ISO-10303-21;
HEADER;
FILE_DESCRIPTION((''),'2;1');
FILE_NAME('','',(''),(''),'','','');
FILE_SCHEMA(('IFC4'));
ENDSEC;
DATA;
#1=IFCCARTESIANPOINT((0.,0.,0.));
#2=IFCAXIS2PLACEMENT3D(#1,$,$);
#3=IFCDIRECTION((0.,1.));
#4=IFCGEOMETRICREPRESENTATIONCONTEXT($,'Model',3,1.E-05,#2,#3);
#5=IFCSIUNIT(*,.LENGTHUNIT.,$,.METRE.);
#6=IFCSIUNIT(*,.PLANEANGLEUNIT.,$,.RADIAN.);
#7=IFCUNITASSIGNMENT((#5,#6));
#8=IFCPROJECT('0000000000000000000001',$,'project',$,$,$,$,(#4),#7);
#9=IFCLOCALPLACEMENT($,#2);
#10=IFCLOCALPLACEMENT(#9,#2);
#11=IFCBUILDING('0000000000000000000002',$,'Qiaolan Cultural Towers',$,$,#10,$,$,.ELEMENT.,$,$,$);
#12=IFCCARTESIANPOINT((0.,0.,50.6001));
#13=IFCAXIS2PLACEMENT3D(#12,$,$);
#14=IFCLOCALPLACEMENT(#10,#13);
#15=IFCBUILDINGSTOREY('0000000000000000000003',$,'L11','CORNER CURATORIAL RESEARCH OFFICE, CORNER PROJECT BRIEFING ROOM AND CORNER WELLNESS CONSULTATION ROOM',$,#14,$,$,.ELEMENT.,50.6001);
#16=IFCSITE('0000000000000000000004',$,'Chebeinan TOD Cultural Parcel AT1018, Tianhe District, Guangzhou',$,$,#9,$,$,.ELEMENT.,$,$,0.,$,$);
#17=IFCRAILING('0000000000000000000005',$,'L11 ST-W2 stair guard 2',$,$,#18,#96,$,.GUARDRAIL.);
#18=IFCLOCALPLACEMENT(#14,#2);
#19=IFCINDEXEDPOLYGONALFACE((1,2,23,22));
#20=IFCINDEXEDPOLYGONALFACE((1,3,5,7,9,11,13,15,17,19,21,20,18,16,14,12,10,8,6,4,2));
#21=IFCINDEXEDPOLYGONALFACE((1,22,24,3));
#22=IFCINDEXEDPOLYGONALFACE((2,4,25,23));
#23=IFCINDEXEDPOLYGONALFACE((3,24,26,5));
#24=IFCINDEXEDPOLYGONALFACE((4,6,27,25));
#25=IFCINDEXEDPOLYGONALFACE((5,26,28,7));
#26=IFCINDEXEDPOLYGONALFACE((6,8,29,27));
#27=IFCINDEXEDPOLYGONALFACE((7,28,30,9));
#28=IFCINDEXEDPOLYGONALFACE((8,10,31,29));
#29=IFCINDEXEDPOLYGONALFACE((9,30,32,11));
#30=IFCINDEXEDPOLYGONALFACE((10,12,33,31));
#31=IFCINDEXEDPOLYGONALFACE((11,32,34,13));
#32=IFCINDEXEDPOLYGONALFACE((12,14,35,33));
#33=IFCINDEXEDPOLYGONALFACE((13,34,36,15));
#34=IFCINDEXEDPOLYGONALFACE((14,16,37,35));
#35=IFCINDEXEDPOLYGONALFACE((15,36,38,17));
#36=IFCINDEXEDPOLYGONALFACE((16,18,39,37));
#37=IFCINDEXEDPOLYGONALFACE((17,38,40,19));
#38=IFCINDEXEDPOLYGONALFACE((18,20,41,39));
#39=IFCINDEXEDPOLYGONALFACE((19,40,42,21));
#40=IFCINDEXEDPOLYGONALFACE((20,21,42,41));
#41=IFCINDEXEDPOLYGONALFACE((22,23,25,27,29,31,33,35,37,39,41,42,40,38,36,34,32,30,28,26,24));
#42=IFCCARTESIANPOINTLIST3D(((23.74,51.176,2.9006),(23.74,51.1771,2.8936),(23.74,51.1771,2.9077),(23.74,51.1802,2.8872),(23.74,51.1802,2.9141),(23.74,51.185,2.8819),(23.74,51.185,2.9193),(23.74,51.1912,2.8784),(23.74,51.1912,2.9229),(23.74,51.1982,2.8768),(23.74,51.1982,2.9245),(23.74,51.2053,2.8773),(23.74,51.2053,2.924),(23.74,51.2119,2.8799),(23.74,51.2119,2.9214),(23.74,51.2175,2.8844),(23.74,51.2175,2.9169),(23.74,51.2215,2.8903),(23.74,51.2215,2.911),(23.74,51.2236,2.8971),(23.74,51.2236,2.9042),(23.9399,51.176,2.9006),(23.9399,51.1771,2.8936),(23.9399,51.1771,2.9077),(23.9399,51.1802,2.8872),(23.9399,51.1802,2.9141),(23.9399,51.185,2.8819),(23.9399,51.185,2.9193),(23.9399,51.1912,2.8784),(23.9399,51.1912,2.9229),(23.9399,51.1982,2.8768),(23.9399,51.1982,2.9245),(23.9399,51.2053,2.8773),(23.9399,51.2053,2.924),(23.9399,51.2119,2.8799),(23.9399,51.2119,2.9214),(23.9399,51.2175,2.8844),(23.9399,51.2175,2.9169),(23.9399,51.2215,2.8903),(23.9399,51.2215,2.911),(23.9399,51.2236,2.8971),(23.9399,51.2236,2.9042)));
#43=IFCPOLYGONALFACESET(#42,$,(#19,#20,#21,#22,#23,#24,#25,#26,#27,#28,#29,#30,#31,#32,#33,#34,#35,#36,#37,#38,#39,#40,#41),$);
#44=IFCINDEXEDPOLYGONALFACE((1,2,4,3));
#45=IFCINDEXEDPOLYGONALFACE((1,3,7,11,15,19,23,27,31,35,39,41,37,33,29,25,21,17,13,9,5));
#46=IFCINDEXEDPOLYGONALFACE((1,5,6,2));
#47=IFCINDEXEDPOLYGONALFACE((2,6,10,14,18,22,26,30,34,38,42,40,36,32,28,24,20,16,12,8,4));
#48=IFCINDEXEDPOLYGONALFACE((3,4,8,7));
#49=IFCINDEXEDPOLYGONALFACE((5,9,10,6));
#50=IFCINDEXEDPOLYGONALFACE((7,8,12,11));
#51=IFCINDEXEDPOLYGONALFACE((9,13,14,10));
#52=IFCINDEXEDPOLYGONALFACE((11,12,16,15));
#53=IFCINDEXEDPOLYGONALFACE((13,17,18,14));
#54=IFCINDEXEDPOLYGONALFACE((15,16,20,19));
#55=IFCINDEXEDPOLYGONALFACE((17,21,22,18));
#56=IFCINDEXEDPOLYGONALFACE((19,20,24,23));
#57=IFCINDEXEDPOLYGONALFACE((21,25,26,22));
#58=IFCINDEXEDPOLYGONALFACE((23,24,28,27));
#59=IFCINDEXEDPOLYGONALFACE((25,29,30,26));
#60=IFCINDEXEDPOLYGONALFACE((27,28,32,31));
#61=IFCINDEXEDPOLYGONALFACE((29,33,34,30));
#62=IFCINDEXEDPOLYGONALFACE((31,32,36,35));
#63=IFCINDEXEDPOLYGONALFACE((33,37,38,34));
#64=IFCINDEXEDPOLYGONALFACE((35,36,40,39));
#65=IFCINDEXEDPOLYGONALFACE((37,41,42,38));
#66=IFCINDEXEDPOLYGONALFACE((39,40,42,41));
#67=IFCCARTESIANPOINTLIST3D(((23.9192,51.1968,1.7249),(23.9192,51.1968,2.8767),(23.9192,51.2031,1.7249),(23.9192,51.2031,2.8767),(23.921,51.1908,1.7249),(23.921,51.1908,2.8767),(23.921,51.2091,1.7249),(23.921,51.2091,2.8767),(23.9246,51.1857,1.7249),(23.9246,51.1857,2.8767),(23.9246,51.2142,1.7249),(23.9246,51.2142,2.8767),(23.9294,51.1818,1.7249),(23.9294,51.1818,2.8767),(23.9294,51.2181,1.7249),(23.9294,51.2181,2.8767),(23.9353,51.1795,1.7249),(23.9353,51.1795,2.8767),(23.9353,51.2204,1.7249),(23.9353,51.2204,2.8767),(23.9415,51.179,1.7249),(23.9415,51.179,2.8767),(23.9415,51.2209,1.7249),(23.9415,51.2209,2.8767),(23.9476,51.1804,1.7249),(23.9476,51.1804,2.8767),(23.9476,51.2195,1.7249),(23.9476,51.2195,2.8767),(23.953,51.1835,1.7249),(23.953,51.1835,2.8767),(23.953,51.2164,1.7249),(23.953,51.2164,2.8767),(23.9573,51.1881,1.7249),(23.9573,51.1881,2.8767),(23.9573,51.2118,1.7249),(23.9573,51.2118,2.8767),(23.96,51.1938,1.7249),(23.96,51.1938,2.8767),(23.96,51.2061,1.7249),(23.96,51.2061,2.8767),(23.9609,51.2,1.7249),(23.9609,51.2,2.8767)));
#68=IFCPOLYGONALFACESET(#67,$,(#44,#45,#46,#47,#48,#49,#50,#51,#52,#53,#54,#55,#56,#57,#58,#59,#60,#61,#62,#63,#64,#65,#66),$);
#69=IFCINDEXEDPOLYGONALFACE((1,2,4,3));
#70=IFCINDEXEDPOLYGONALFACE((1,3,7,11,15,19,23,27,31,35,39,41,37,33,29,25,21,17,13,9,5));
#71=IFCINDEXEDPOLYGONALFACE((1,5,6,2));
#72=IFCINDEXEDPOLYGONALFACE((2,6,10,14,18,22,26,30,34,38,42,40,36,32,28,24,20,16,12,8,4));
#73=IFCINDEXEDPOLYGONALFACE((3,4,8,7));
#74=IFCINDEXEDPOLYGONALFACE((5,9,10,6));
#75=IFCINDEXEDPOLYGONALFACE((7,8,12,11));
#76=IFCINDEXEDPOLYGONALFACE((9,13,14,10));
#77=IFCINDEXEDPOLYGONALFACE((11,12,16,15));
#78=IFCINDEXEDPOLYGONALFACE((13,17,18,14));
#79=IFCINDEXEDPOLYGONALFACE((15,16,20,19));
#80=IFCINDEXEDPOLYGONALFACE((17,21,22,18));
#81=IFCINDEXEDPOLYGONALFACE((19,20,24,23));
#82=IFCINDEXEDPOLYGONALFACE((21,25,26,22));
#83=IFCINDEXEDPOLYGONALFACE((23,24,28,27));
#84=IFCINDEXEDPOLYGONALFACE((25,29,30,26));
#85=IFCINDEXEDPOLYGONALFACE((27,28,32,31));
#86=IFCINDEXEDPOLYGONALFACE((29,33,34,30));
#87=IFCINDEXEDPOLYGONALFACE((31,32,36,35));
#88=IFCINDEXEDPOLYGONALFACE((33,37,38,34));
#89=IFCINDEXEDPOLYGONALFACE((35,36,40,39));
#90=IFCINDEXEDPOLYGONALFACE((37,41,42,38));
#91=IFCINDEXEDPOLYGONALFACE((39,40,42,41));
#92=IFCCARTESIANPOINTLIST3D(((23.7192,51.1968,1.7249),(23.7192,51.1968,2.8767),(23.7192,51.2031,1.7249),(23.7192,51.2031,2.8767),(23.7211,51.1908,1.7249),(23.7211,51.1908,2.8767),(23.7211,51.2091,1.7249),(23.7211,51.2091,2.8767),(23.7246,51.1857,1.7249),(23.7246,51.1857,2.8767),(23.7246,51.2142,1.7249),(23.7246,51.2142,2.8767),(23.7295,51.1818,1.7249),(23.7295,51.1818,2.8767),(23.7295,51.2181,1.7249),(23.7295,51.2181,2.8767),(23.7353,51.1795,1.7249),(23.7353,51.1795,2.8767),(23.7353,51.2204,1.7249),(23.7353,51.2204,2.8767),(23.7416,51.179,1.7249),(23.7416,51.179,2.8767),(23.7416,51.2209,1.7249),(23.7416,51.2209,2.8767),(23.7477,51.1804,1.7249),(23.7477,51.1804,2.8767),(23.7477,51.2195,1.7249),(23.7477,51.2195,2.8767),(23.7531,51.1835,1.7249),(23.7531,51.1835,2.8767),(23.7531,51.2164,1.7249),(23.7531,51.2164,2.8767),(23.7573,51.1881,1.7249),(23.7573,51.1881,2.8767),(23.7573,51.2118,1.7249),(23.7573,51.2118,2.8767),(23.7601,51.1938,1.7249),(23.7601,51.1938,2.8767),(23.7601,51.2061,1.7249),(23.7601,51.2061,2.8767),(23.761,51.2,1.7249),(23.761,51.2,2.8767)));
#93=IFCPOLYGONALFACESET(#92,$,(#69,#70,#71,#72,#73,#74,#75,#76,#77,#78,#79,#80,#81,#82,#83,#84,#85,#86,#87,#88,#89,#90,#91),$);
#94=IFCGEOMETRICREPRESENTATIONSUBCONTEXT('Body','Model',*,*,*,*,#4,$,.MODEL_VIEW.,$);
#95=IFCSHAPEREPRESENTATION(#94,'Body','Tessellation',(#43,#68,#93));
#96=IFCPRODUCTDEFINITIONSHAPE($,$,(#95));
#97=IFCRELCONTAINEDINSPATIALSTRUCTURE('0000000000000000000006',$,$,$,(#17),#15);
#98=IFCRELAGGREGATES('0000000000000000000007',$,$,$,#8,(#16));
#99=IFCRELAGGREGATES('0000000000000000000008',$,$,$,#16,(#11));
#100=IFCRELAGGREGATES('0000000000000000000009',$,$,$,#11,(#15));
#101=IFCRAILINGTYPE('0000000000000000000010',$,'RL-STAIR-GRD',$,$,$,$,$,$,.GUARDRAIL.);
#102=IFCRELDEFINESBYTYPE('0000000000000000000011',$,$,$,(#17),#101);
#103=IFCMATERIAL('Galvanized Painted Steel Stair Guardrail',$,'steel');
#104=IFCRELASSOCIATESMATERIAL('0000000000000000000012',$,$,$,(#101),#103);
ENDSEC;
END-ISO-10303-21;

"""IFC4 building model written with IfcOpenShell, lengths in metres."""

from ifc_helpers import new_model, si_unit, direction, frame, origin, origin_2d, place, context, subcontext, project, spatial, circle, extrude, material, type_object, element, save


model = new_model("IFC4")

# Units and contexts
model_context = context("Model", 3, precision=1e-05, world=origin(), true_north=direction((0.0, 1.0)))
body_context = subcontext(model_context, "Body", "Model", "MODEL_VIEW")
ifc_project = project(units=[si_unit("LENGTHUNIT", "METRE"), si_unit("PLANEANGLEUNIT", "RADIAN")], contexts=[model_context])

# Site, building, storey
site_placement = place(None, origin())
site = spatial("IfcSite", under=ifc_project, at=site_placement, Name="Chebeinan TOD Cultural Parcel AT1018, Tianhe District, Guangzhou", CompositionType="ELEMENT", RefElevation=0.0)
building_placement = place(site_placement, origin())
building = spatial("IfcBuilding", under=site, at=building_placement, Name="Qiaolan Cultural Towers", CompositionType="ELEMENT")
storey_placement = place(building_placement, frame((0.0, 0.0, 50.6001)))
storey = spatial("IfcBuildingStorey", under=building, at=storey_placement, Name="L11", Description="CORNER CURATORIAL RESEARCH OFFICE, CORNER PROJECT BRIEFING ROOM AND CORNER WELLNESS CONSULTATION ROOM", CompositionType="ELEMENT", Elevation=50.6001)

# Railing
ifc_material_1 = material(Name="Galvanized Painted Steel Stair Guardrail", Category="steel")
railing_type_1 = type_object("IfcRailingType", Name="RL-STAIR-GRD", PredefinedType="GUARDRAIL", material=ifc_material_1)
railing_1_placement = place(storey_placement, frame((23.9399, 51.2, 1.7249)))
element("IfcRailing", 1, at=railing_1_placement, inside=storey, type_object=railing_type_1, Name="L11 ST-W2 stair guard 2", PredefinedType="GUARDRAIL", context=body_context, shape_type="SweptSolid", body=[
    extrude(circle(Radius=0.0239, at=origin_2d()), frame((0.0, 0.0, 1.1758), z_axis=(-1.0, 0.0, 0.0), x_axis=(0.0, -1.0, 0.0)), (0.0, 0.0, 1.0), 0.2),
    extrude(circle(Radius=0.021, at=origin_2d()), origin(), (0.0, 0.0, 1.0), 1.1519),
    extrude(circle(Radius=0.021, at=origin_2d()), frame((-0.2, 0.0, 0.0)), (0.0, 0.0, 1.0), 1.1519),
])

save(model, "model.ifc")
